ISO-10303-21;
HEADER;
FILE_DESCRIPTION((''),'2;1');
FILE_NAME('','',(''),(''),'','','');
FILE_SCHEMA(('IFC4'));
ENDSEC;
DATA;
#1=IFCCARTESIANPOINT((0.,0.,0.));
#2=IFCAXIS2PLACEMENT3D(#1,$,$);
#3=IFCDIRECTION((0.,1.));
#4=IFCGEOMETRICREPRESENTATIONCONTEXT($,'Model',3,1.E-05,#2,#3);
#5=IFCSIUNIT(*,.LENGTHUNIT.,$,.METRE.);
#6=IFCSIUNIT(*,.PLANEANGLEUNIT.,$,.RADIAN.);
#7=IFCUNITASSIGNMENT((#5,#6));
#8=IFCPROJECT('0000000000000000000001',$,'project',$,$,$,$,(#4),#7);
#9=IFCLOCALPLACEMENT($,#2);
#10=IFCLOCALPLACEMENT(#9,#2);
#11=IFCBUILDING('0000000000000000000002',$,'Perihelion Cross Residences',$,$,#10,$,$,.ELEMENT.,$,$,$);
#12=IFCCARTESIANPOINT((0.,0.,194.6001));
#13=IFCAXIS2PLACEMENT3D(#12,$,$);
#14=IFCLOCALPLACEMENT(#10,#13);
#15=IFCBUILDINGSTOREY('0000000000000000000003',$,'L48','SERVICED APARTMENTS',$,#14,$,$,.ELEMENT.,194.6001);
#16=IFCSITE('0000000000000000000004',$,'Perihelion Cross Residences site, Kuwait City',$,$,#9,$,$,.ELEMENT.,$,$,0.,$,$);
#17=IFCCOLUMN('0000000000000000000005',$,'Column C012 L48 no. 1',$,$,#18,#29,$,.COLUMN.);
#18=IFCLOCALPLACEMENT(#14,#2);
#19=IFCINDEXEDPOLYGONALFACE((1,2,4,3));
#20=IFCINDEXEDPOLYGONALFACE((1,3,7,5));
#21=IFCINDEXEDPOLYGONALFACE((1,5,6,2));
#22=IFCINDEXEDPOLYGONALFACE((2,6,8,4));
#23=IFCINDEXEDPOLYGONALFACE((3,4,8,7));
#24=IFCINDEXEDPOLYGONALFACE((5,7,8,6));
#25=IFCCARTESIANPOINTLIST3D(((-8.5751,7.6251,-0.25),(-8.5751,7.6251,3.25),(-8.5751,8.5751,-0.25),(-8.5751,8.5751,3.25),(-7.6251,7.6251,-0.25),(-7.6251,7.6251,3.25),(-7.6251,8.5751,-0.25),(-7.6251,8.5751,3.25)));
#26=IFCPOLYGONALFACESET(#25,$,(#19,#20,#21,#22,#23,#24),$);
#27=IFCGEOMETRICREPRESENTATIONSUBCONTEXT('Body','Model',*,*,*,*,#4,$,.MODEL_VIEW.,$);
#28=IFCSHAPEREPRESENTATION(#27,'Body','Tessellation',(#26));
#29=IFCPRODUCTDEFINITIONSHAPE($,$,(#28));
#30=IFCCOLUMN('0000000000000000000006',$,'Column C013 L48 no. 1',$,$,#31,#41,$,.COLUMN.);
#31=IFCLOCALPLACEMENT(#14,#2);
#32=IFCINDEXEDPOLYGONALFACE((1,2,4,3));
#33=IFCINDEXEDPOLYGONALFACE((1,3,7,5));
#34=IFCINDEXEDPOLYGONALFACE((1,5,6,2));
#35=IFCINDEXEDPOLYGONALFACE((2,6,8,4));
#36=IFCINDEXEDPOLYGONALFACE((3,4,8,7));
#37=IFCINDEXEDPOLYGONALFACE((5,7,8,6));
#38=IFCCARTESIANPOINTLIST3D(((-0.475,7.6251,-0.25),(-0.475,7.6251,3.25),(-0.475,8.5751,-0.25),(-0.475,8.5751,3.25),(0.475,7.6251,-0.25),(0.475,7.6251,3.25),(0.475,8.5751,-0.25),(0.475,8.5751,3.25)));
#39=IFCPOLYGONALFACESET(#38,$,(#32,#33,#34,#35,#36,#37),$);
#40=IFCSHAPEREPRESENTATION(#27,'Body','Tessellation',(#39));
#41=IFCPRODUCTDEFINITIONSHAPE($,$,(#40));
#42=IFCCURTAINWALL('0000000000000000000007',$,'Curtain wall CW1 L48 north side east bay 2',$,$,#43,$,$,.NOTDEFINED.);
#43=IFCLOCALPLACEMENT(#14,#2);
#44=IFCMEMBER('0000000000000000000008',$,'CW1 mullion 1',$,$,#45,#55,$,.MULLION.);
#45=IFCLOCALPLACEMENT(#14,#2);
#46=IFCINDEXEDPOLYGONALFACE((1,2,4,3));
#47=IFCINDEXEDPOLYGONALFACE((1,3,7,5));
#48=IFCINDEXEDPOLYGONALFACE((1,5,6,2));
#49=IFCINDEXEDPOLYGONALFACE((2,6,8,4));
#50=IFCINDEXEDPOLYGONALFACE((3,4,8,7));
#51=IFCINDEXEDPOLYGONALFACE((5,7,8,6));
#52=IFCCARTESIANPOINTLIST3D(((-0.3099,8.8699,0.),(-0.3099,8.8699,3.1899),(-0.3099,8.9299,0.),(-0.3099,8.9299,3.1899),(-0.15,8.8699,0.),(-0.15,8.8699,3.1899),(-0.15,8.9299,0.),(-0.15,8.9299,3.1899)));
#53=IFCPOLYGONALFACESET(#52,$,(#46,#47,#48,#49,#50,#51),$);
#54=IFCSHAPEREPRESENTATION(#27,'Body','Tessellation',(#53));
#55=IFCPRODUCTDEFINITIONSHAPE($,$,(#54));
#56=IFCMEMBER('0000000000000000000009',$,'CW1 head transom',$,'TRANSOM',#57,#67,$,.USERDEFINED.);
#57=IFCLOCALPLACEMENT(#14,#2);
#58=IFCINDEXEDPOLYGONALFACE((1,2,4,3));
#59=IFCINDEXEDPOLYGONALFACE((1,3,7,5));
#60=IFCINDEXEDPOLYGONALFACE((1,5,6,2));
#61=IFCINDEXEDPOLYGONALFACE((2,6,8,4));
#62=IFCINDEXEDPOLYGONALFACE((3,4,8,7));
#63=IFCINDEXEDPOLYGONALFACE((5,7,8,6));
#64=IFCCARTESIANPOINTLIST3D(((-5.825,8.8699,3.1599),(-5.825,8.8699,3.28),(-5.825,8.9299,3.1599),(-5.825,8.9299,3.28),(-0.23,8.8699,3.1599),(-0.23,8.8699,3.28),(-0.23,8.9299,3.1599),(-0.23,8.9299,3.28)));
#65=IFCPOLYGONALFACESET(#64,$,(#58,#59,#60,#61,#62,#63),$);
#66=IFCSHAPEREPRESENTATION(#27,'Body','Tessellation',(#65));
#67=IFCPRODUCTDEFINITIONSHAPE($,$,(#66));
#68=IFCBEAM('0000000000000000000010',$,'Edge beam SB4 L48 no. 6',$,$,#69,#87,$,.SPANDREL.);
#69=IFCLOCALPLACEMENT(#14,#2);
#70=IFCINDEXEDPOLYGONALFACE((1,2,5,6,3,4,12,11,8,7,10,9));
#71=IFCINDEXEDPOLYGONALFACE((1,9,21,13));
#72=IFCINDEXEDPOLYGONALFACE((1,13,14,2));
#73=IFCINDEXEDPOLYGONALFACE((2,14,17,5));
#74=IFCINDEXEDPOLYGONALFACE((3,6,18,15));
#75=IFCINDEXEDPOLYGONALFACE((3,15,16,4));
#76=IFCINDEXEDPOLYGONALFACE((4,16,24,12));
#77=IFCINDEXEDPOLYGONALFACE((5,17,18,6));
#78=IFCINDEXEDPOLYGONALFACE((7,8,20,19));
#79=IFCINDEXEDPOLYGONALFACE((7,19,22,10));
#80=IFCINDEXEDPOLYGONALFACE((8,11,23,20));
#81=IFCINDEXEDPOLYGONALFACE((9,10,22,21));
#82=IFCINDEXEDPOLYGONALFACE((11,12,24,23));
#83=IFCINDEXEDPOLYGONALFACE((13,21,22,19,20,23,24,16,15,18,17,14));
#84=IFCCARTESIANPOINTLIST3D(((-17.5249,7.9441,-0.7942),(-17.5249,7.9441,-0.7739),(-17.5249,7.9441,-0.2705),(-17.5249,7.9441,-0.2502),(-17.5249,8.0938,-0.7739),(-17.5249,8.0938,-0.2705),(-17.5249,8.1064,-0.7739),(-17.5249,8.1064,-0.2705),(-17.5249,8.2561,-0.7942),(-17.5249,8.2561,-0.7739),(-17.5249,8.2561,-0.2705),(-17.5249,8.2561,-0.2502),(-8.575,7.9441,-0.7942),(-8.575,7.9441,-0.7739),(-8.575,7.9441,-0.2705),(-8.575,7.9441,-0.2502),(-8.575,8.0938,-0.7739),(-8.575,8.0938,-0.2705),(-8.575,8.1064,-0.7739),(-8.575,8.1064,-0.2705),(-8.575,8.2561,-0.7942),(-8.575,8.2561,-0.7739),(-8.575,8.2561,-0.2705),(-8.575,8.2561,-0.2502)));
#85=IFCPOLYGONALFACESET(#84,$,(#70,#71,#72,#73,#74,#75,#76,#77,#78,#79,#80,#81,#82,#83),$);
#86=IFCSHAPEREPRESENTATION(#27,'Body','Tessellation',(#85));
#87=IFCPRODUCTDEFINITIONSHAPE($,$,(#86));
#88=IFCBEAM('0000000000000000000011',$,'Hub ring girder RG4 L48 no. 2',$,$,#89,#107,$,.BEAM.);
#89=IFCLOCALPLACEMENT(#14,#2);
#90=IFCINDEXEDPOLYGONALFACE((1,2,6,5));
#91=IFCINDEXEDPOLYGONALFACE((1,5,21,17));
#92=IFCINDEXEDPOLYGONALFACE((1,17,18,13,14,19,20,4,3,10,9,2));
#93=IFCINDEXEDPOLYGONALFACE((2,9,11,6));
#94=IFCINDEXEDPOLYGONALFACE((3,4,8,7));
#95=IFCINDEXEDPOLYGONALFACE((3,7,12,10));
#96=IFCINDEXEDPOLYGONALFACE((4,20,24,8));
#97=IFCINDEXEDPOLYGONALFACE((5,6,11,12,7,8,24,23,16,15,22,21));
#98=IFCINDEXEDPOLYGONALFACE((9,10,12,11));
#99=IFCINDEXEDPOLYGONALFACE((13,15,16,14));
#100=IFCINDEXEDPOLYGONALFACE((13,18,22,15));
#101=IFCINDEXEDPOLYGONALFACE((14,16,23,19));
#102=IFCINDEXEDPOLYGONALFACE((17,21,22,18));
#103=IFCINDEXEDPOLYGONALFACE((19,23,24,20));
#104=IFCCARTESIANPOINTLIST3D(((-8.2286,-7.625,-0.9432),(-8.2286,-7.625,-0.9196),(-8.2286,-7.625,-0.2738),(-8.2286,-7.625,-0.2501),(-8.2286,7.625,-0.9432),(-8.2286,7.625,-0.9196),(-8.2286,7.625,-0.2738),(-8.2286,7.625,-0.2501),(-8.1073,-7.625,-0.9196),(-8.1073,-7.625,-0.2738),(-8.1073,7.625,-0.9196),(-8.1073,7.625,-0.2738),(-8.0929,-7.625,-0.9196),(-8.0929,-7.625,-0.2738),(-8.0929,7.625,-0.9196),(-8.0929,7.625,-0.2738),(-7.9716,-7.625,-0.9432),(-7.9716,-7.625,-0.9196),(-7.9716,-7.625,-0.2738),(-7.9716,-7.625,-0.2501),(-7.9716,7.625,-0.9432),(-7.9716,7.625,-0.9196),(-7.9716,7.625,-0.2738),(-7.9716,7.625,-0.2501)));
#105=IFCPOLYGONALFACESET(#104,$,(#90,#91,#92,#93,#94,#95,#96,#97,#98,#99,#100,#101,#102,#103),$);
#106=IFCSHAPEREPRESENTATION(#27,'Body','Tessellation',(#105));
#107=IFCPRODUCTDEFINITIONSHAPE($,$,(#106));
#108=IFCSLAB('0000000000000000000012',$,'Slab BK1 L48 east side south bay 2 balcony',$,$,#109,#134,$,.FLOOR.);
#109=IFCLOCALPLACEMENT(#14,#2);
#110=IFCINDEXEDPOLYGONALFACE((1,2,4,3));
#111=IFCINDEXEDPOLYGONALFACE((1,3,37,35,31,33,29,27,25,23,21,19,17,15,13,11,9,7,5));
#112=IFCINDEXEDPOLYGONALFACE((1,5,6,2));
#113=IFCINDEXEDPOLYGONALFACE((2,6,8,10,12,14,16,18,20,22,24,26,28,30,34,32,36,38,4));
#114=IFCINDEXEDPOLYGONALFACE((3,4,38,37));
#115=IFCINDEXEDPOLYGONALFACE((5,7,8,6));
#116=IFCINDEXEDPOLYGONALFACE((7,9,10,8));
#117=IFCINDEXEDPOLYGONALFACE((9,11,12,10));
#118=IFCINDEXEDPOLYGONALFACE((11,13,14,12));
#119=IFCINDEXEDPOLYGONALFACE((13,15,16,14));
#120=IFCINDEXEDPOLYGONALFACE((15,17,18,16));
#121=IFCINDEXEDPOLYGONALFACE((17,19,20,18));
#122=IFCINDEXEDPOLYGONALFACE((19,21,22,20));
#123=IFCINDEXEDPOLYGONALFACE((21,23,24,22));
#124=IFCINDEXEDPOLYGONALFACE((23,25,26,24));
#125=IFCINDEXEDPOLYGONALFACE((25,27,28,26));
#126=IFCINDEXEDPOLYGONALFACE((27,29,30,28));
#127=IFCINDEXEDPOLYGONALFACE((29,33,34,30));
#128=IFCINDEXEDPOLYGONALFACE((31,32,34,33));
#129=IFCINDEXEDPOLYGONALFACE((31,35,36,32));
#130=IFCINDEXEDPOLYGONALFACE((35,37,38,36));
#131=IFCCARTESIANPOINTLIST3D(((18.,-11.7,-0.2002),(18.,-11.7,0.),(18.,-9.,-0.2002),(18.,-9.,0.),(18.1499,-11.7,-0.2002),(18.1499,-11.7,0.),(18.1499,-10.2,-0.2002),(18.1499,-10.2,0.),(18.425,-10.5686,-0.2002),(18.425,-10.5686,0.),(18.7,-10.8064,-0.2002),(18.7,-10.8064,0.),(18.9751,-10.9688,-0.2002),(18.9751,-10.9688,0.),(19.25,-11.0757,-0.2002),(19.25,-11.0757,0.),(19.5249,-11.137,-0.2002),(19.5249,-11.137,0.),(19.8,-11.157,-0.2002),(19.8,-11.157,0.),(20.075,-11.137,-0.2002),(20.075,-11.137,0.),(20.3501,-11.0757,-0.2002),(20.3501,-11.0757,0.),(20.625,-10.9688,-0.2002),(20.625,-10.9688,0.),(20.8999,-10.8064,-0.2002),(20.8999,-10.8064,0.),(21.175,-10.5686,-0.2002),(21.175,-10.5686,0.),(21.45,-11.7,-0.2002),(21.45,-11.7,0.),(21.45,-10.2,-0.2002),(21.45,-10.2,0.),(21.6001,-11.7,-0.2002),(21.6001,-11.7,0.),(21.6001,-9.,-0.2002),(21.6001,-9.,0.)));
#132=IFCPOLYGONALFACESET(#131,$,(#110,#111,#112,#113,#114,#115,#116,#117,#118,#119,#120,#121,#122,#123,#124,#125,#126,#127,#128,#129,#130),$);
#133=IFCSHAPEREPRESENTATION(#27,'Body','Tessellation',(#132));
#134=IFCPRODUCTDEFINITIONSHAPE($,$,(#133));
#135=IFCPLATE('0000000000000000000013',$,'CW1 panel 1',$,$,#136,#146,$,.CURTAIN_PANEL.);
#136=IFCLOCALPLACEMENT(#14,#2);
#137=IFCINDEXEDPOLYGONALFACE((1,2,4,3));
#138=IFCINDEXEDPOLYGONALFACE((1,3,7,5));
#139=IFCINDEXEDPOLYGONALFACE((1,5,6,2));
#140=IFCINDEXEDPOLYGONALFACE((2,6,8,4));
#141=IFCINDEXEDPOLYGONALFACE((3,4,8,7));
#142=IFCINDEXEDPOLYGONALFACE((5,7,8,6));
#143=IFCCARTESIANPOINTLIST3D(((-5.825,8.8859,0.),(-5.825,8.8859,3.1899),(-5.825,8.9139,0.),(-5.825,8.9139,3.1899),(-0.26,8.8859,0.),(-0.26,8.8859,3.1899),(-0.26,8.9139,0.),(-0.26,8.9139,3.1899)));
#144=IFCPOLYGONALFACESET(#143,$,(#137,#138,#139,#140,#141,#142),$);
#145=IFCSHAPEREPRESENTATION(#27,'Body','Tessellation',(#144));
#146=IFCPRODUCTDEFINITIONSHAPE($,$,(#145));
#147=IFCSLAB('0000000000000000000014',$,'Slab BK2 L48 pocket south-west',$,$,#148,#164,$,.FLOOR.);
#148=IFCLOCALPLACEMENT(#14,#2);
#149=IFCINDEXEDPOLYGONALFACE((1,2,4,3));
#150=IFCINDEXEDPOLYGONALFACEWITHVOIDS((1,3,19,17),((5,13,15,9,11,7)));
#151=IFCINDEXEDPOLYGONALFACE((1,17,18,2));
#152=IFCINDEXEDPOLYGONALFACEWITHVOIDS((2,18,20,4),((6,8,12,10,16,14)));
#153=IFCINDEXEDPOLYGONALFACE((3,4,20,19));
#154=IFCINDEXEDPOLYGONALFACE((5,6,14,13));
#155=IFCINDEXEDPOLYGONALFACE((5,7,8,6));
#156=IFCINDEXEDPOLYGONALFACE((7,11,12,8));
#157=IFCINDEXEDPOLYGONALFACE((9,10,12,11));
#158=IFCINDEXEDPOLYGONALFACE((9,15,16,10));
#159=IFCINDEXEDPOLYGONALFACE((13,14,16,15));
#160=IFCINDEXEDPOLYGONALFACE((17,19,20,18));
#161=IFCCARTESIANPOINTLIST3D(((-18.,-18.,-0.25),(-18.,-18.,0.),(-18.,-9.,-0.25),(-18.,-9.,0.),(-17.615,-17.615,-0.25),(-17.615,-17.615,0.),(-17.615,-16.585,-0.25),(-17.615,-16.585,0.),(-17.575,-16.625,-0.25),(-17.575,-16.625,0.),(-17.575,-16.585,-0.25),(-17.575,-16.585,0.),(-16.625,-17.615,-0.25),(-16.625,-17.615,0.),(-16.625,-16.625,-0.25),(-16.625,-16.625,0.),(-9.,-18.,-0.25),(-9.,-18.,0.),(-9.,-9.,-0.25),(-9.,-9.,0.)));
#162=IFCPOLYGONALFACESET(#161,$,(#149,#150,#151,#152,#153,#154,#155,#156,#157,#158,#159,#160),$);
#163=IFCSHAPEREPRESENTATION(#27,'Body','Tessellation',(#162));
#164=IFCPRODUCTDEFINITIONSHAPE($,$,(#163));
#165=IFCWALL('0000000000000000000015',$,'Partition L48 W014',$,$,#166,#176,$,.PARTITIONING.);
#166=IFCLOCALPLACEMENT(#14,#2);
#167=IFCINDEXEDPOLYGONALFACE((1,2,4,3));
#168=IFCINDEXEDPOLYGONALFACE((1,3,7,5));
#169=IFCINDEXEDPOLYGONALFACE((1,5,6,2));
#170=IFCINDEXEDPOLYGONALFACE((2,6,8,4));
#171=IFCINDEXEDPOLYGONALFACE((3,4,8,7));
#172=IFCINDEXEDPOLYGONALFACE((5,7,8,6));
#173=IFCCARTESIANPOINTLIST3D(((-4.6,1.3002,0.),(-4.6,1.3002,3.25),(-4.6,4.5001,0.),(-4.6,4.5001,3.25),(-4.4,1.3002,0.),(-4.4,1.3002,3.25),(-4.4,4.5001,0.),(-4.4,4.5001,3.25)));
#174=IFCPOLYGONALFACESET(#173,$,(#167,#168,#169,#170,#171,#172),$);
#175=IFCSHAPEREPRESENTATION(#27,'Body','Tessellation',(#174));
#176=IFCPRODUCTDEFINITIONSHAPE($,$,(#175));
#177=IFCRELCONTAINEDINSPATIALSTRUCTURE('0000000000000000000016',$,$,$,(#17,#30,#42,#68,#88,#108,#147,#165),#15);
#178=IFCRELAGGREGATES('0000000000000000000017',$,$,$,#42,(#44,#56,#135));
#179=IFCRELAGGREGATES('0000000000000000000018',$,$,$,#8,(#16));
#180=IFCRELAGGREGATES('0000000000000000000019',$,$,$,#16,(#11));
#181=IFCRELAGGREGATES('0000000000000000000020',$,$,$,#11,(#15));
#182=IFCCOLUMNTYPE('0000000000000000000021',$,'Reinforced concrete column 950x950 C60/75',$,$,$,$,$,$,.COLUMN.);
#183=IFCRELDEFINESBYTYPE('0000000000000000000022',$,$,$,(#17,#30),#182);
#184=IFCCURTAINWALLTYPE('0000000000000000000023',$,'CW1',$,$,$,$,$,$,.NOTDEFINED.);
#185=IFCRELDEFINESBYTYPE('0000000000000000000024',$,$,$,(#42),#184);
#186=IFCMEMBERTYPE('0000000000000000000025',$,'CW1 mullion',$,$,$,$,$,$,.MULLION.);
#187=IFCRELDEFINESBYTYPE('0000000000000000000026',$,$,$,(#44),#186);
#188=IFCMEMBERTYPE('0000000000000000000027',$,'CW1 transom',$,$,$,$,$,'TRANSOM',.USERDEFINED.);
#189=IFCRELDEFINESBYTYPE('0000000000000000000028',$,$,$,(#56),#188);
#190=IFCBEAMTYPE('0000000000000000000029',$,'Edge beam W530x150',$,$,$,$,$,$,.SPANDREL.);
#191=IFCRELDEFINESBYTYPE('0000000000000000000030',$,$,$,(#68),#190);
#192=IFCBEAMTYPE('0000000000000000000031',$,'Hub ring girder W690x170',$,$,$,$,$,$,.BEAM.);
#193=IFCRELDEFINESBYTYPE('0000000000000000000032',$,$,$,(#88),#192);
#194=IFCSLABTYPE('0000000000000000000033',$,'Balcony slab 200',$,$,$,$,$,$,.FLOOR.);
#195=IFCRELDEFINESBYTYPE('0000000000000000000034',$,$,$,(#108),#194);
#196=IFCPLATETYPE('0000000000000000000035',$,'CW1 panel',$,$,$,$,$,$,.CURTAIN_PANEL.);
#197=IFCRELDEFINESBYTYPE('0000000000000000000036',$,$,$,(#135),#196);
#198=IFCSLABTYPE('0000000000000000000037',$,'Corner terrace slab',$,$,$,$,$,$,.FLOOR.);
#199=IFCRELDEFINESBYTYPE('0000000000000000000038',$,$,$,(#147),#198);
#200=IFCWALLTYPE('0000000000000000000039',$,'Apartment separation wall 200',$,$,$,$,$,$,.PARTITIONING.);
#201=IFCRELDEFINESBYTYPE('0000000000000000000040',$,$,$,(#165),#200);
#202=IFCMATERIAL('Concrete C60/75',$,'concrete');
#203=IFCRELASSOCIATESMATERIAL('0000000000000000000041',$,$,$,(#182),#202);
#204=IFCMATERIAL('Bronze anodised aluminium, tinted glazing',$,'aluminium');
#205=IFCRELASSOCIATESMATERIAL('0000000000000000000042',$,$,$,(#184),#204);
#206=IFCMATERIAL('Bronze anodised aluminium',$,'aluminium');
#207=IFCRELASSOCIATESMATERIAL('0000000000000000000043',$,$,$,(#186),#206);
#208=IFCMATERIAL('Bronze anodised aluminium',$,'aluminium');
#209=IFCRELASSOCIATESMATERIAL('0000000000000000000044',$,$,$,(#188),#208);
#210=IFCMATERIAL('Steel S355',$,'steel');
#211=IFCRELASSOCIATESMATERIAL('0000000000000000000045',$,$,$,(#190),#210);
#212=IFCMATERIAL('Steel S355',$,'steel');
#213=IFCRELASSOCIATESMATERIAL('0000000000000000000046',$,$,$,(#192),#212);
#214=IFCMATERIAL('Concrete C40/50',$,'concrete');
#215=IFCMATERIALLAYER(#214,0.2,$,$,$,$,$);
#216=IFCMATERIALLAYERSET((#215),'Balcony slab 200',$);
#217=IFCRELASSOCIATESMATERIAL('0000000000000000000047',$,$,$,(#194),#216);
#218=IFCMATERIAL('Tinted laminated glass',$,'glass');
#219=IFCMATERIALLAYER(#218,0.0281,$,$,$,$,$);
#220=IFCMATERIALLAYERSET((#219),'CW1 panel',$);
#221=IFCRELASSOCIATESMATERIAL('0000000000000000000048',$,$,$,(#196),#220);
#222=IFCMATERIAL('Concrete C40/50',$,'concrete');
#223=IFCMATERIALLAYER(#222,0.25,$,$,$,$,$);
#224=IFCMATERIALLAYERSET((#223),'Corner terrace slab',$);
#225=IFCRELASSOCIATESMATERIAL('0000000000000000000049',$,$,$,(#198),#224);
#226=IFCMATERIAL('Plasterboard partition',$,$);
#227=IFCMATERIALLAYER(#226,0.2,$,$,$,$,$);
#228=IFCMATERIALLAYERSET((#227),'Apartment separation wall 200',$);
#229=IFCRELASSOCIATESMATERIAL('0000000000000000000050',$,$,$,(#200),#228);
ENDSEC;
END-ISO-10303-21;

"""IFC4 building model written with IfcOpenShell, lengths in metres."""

from ifc_helpers import new_model, si_unit, direction, frame, frame_2d, origin, origin_2d, place, context, subcontext, project, spatial, polyline, rectangle, i_section, outline, extrude, material, layer, layer_set, material_profile, profile_set, type_object, element, aggregate, save


model = new_model("IFC4")

# Units and contexts
model_context = context("Model", 3, precision=1e-05, world=origin(), true_north=direction((0.0, 1.0)))
body_context = subcontext(model_context, "Body", "Model", "MODEL_VIEW")
ifc_project = project(units=[si_unit("LENGTHUNIT", "METRE"), si_unit("PLANEANGLEUNIT", "RADIAN")], contexts=[model_context])

# Site, building, storey
site_placement = place(None, origin())
site = spatial("IfcSite", under=ifc_project, at=site_placement, Name="Perihelion Cross Residences site, Kuwait City", CompositionType="ELEMENT", RefElevation=0.0)
building_placement = place(site_placement, origin())
building = spatial("IfcBuilding", under=site, at=building_placement, Name="Perihelion Cross Residences", CompositionType="ELEMENT")
storey_placement = place(building_placement, frame((0.0, 0.0, 194.6001)))
storey = spatial("IfcBuildingStorey", under=building, at=storey_placement, Name="L48", Description="SERVICED APARTMENTS", CompositionType="ELEMENT", Elevation=194.6001)

# Columns
ifc_material_1 = material(Name="Concrete C60/75", Category="concrete")
ifc_material_profile_1 = material_profile(ifc_material_1, rectangle(XDim=0.95, YDim=0.95, at=origin_2d()), Name="RC 950x950")
ifc_profile_set_1 = profile_set([ifc_material_profile_1], Name="Concrete C60/75")
column_type = type_object("IfcColumnType", Name="Reinforced concrete column 950x950 C60/75", PredefinedType="COLUMN", material=ifc_profile_set_1)
for number, where, z_axis, x_axis, name in (
    (1, (-8.1001, 8.1001, -0.25), (0.0, 0.0, 1.0), (1.0, 0.0, 0.0), "Column C012 L48 no. 1"),
    (2, (0.0, 8.1001, -0.25), (0.0, 0.0, 1.0), (1.0, 0.0, 0.0), "Column C013 L48 no. 1"),
):
    element("IfcColumn", number, at=place(storey_placement, frame(where, z_axis=z_axis, x_axis=x_axis)), inside=storey, type_object=column_type, Name=name, PredefinedType="COLUMN", context=body_context, shape_type="SweptSolid", body=[
        extrude(rectangle(XDim=0.95, YDim=0.95, at=origin_2d()), origin(), (0.0, 0.0, 1.0), 3.5),
    ])

# Curtain wall, members
ifc_material_2 = material(Name="Bronze anodised aluminium, tinted glazing", Category="aluminium")
curtain_wall_type = type_object("IfcCurtainWallType", Name="CW1", PredefinedType="NOTDEFINED", material=ifc_material_2)
curtain_wall_placement = place(storey_placement, origin())
curtain_wall = element("IfcCurtainWall", 3, at=curtain_wall_placement, inside=storey, type_object=curtain_wall_type, Name="Curtain wall CW1 L48 north side east bay 2", PredefinedType="NOTDEFINED")
ifc_material_3 = material(Name="Bronze anodised aluminium", Category="aluminium")
ifc_material_profile_2 = material_profile(ifc_material_3, rectangle(XDim=0.0601, YDim=0.1599, at=origin_2d()), Name="CW1 mullion")
ifc_profile_set_2 = profile_set([ifc_material_profile_2], Name="Bronze anodised aluminium")
member_type_1 = type_object("IfcMemberType", Name="CW1 mullion", PredefinedType="MULLION", material=ifc_profile_set_2)
member_1_placement = place(storey_placement, frame((-0.23, 8.8999, 0.0), z_axis=(0.0, 0.0, 1.0), x_axis=(0.0, -1.0, 0.0)))
member_1 = element("IfcMember", 4, at=member_1_placement, type_object=member_type_1, Name="CW1 mullion 1", PredefinedType="MULLION", context=body_context, shape_type="SweptSolid", body=[
    extrude(rectangle(XDim=0.0601, YDim=0.1599, at=origin_2d()), origin(), (0.0, 0.0, 1.0), 3.1899),
])
ifc_material_4 = material(Name="Bronze anodised aluminium", Category="aluminium")
ifc_material_profile_3 = material_profile(ifc_material_4, rectangle(XDim=0.0601, YDim=0.1201, at=origin_2d()), Name="CW1 transom")
ifc_profile_set_3 = profile_set([ifc_material_profile_3], Name="Bronze anodised aluminium")
member_type_2 = type_object("IfcMemberType", Name="CW1 transom", ElementType="TRANSOM", PredefinedType="USERDEFINED", material=ifc_profile_set_3)
member_2_placement = place(storey_placement, frame((-0.23, 8.8999, 3.22), z_axis=(-1.0, 0.0, 0.0), x_axis=(0.0, -1.0, 0.0)))
member_2 = element("IfcMember", 5, at=member_2_placement, type_object=member_type_2, Name="CW1 head transom", ObjectType="TRANSOM", PredefinedType="USERDEFINED", context=body_context, shape_type="SweptSolid", body=[
    extrude(rectangle(XDim=0.0601, YDim=0.1201, at=origin_2d()), origin(), (0.0, 0.0, 1.0), 5.595),
])

# Beams
ifc_material_5 = material(Name="Steel S355", Category="steel")
ifc_material_profile_4 = material_profile(ifc_material_5, i_section(OverallWidth=0.312, OverallDepth=0.5439, WebThickness=0.0127, FlangeThickness=0.0203, at=origin_2d()), Name="W530x150")
ifc_profile_set_4 = profile_set([ifc_material_profile_4], Name="Steel S355")
beam_type_1 = type_object("IfcBeamType", Name="Edge beam W530x150", PredefinedType="SPANDREL", material=ifc_profile_set_4)
beam_1_placement = place(storey_placement, frame((-8.575, 8.1001, -0.5222), z_axis=(-1.0, 0.0, 0.0), x_axis=(0.0, -1.0, 0.0)))
element("IfcBeam", 6, at=beam_1_placement, inside=storey, type_object=beam_type_1, Name="Edge beam SB4 L48 no. 6", PredefinedType="SPANDREL", context=body_context, shape_type="SweptSolid", body=[
    extrude(i_section(OverallWidth=0.312, OverallDepth=0.5439, WebThickness=0.0127, FlangeThickness=0.0203, at=origin_2d()), origin(), (0.0, 0.0, 1.0), 8.95),
])
ifc_material_6 = material(Name="Steel S355", Category="steel")
ifc_material_profile_5 = material_profile(ifc_material_6, i_section(OverallWidth=0.2571, OverallDepth=0.6931, WebThickness=0.0144, FlangeThickness=0.0237, at=origin_2d()), Name="W690x170")
ifc_profile_set_5 = profile_set([ifc_material_profile_5], Name="Steel S355")
beam_type_2 = type_object("IfcBeamType", Name="Hub ring girder W690x170", PredefinedType="BEAM", material=ifc_profile_set_5)
beam_2_placement = place(storey_placement, frame((-8.1001, 7.625, -0.5967), z_axis=(0.0, -1.0, 0.0), x_axis=(1.0, 0.0, 0.0)))
element("IfcBeam", 7, at=beam_2_placement, inside=storey, type_object=beam_type_2, Name="Hub ring girder RG4 L48 no. 2", PredefinedType="BEAM", context=body_context, shape_type="SweptSolid", body=[
    extrude(i_section(OverallWidth=0.2571, OverallDepth=0.6931, WebThickness=0.0144, FlangeThickness=0.0237, at=origin_2d()), origin(), (0.0, 0.0, 1.0), 15.25),
])

# Slab
ifc_material_7 = material(Name="Concrete C40/50", Category="concrete")
ifc_layer_1 = layer(ifc_material_7, 0.2)
ifc_layer_set_1 = layer_set([ifc_layer_1], Name="Balcony slab 200")
slab_type_1 = type_object("IfcSlabType", Name="Balcony slab 200", PredefinedType="FLOOR", material=ifc_layer_set_1)
slab_1_placement = place(storey_placement, frame((0.0, 0.0, -0.2002)))
element("IfcSlab", 8, at=slab_1_placement, inside=storey, type_object=slab_type_1, Name="Slab BK1 L48 east side south bay 2 balcony", PredefinedType="FLOOR", context=body_context, shape_type="SweptSolid", body=[
    extrude(outline(polyline([(18.0, -9.0), (21.6001, -9.0), (21.6001, -11.7), (21.45, -11.7), (21.45, -10.2), (21.175, -10.5686), (20.8999, -10.8064), (20.625, -10.9688), (20.3501, -11.0757), (20.075, -11.137), (19.8, -11.157), (19.5249, -11.137), (19.25, -11.0757), (18.9751, -10.9688), (18.7, -10.8064), (18.425, -10.5686), (18.1499, -10.2), (18.1499, -11.7), (18.0, -11.7), (18.0, -9.0)])), origin(), (0.0, 0.0, 1.0), 0.2002),
])

# Plate
ifc_material_8 = material(Name="Tinted laminated glass", Category="glass")
ifc_layer_2 = layer(ifc_material_8, 0.0281)
ifc_layer_set_2 = layer_set([ifc_layer_2], Name="CW1 panel")
plate_type = type_object("IfcPlateType", Name="CW1 panel", PredefinedType="CURTAIN_PANEL", material=ifc_layer_set_2)
plate_placement = place(storey_placement, frame((-3.0425, 8.8999, 0.0), z_axis=(0.0, 0.0, 1.0), x_axis=(-1.0, 0.0, 0.0)))
plate = element("IfcPlate", 9, at=plate_placement, type_object=plate_type, Name="CW1 panel 1", PredefinedType="CURTAIN_PANEL", context=body_context, shape_type="SweptSolid", body=[
    extrude(rectangle(XDim=5.5649, YDim=0.0281, at=origin_2d()), origin(), (0.0, 0.0, 1.0), 3.1899),
])
aggregate(curtain_wall, [member_1, member_2, plate])

# Slab
ifc_material_9 = material(Name="Concrete C40/50", Category="concrete")
ifc_layer_3 = layer(ifc_material_9, 0.25)
ifc_layer_set_3 = layer_set([ifc_layer_3], Name="Corner terrace slab")
slab_type_2 = type_object("IfcSlabType", Name="Corner terrace slab", PredefinedType="FLOOR", material=ifc_layer_set_3)
slab_2_placement = place(storey_placement, frame((0.0, 0.0, -0.25)))
element("IfcSlab", 10, at=slab_2_placement, inside=storey, type_object=slab_type_2, Name="Slab BK2 L48 pocket south-west", PredefinedType="FLOOR", context=body_context, shape_type="SweptSolid", body=[
    extrude(outline(polyline([(-9.0, -18.0), (-9.0, -9.0), (-18.0, -9.0), (-18.0, -18.0), (-9.0, -18.0)]), holes=[polyline([(-16.625, -17.615), (-17.615, -17.615), (-17.615, -16.585), (-17.575, -16.585), (-17.575, -16.625), (-16.625, -16.625), (-16.625, -17.615)])]), origin(), (0.0, 0.0, 1.0), 0.25),
])

# Wall
ifc_material_10 = material(Name="Plasterboard partition")
ifc_layer_4 = layer(ifc_material_10, 0.2)
ifc_layer_set_4 = layer_set([ifc_layer_4], Name="Apartment separation wall 200")
wall_type_1 = type_object("IfcWallType", Name="Apartment separation wall 200", PredefinedType="PARTITIONING", material=ifc_layer_set_4)
wall_1_placement = place(storey_placement, frame((-4.5, 1.3, 0.0), z_axis=(0.0, 0.0, 1.0), x_axis=(0.0, 1.0, 0.0)))
element("IfcWall", 11, at=wall_1_placement, inside=storey, type_object=wall_type_1, Name="Partition L48 W014", PredefinedType="PARTITIONING", context=body_context, shape_type="SweptSolid", body=[
    extrude(rectangle(XDim=3.2, YDim=0.2, at=frame_2d((1.6001, 0.0))), origin(), (0.0, 0.0, 1.0), 3.25),
])

save(model, "model.ifc")
